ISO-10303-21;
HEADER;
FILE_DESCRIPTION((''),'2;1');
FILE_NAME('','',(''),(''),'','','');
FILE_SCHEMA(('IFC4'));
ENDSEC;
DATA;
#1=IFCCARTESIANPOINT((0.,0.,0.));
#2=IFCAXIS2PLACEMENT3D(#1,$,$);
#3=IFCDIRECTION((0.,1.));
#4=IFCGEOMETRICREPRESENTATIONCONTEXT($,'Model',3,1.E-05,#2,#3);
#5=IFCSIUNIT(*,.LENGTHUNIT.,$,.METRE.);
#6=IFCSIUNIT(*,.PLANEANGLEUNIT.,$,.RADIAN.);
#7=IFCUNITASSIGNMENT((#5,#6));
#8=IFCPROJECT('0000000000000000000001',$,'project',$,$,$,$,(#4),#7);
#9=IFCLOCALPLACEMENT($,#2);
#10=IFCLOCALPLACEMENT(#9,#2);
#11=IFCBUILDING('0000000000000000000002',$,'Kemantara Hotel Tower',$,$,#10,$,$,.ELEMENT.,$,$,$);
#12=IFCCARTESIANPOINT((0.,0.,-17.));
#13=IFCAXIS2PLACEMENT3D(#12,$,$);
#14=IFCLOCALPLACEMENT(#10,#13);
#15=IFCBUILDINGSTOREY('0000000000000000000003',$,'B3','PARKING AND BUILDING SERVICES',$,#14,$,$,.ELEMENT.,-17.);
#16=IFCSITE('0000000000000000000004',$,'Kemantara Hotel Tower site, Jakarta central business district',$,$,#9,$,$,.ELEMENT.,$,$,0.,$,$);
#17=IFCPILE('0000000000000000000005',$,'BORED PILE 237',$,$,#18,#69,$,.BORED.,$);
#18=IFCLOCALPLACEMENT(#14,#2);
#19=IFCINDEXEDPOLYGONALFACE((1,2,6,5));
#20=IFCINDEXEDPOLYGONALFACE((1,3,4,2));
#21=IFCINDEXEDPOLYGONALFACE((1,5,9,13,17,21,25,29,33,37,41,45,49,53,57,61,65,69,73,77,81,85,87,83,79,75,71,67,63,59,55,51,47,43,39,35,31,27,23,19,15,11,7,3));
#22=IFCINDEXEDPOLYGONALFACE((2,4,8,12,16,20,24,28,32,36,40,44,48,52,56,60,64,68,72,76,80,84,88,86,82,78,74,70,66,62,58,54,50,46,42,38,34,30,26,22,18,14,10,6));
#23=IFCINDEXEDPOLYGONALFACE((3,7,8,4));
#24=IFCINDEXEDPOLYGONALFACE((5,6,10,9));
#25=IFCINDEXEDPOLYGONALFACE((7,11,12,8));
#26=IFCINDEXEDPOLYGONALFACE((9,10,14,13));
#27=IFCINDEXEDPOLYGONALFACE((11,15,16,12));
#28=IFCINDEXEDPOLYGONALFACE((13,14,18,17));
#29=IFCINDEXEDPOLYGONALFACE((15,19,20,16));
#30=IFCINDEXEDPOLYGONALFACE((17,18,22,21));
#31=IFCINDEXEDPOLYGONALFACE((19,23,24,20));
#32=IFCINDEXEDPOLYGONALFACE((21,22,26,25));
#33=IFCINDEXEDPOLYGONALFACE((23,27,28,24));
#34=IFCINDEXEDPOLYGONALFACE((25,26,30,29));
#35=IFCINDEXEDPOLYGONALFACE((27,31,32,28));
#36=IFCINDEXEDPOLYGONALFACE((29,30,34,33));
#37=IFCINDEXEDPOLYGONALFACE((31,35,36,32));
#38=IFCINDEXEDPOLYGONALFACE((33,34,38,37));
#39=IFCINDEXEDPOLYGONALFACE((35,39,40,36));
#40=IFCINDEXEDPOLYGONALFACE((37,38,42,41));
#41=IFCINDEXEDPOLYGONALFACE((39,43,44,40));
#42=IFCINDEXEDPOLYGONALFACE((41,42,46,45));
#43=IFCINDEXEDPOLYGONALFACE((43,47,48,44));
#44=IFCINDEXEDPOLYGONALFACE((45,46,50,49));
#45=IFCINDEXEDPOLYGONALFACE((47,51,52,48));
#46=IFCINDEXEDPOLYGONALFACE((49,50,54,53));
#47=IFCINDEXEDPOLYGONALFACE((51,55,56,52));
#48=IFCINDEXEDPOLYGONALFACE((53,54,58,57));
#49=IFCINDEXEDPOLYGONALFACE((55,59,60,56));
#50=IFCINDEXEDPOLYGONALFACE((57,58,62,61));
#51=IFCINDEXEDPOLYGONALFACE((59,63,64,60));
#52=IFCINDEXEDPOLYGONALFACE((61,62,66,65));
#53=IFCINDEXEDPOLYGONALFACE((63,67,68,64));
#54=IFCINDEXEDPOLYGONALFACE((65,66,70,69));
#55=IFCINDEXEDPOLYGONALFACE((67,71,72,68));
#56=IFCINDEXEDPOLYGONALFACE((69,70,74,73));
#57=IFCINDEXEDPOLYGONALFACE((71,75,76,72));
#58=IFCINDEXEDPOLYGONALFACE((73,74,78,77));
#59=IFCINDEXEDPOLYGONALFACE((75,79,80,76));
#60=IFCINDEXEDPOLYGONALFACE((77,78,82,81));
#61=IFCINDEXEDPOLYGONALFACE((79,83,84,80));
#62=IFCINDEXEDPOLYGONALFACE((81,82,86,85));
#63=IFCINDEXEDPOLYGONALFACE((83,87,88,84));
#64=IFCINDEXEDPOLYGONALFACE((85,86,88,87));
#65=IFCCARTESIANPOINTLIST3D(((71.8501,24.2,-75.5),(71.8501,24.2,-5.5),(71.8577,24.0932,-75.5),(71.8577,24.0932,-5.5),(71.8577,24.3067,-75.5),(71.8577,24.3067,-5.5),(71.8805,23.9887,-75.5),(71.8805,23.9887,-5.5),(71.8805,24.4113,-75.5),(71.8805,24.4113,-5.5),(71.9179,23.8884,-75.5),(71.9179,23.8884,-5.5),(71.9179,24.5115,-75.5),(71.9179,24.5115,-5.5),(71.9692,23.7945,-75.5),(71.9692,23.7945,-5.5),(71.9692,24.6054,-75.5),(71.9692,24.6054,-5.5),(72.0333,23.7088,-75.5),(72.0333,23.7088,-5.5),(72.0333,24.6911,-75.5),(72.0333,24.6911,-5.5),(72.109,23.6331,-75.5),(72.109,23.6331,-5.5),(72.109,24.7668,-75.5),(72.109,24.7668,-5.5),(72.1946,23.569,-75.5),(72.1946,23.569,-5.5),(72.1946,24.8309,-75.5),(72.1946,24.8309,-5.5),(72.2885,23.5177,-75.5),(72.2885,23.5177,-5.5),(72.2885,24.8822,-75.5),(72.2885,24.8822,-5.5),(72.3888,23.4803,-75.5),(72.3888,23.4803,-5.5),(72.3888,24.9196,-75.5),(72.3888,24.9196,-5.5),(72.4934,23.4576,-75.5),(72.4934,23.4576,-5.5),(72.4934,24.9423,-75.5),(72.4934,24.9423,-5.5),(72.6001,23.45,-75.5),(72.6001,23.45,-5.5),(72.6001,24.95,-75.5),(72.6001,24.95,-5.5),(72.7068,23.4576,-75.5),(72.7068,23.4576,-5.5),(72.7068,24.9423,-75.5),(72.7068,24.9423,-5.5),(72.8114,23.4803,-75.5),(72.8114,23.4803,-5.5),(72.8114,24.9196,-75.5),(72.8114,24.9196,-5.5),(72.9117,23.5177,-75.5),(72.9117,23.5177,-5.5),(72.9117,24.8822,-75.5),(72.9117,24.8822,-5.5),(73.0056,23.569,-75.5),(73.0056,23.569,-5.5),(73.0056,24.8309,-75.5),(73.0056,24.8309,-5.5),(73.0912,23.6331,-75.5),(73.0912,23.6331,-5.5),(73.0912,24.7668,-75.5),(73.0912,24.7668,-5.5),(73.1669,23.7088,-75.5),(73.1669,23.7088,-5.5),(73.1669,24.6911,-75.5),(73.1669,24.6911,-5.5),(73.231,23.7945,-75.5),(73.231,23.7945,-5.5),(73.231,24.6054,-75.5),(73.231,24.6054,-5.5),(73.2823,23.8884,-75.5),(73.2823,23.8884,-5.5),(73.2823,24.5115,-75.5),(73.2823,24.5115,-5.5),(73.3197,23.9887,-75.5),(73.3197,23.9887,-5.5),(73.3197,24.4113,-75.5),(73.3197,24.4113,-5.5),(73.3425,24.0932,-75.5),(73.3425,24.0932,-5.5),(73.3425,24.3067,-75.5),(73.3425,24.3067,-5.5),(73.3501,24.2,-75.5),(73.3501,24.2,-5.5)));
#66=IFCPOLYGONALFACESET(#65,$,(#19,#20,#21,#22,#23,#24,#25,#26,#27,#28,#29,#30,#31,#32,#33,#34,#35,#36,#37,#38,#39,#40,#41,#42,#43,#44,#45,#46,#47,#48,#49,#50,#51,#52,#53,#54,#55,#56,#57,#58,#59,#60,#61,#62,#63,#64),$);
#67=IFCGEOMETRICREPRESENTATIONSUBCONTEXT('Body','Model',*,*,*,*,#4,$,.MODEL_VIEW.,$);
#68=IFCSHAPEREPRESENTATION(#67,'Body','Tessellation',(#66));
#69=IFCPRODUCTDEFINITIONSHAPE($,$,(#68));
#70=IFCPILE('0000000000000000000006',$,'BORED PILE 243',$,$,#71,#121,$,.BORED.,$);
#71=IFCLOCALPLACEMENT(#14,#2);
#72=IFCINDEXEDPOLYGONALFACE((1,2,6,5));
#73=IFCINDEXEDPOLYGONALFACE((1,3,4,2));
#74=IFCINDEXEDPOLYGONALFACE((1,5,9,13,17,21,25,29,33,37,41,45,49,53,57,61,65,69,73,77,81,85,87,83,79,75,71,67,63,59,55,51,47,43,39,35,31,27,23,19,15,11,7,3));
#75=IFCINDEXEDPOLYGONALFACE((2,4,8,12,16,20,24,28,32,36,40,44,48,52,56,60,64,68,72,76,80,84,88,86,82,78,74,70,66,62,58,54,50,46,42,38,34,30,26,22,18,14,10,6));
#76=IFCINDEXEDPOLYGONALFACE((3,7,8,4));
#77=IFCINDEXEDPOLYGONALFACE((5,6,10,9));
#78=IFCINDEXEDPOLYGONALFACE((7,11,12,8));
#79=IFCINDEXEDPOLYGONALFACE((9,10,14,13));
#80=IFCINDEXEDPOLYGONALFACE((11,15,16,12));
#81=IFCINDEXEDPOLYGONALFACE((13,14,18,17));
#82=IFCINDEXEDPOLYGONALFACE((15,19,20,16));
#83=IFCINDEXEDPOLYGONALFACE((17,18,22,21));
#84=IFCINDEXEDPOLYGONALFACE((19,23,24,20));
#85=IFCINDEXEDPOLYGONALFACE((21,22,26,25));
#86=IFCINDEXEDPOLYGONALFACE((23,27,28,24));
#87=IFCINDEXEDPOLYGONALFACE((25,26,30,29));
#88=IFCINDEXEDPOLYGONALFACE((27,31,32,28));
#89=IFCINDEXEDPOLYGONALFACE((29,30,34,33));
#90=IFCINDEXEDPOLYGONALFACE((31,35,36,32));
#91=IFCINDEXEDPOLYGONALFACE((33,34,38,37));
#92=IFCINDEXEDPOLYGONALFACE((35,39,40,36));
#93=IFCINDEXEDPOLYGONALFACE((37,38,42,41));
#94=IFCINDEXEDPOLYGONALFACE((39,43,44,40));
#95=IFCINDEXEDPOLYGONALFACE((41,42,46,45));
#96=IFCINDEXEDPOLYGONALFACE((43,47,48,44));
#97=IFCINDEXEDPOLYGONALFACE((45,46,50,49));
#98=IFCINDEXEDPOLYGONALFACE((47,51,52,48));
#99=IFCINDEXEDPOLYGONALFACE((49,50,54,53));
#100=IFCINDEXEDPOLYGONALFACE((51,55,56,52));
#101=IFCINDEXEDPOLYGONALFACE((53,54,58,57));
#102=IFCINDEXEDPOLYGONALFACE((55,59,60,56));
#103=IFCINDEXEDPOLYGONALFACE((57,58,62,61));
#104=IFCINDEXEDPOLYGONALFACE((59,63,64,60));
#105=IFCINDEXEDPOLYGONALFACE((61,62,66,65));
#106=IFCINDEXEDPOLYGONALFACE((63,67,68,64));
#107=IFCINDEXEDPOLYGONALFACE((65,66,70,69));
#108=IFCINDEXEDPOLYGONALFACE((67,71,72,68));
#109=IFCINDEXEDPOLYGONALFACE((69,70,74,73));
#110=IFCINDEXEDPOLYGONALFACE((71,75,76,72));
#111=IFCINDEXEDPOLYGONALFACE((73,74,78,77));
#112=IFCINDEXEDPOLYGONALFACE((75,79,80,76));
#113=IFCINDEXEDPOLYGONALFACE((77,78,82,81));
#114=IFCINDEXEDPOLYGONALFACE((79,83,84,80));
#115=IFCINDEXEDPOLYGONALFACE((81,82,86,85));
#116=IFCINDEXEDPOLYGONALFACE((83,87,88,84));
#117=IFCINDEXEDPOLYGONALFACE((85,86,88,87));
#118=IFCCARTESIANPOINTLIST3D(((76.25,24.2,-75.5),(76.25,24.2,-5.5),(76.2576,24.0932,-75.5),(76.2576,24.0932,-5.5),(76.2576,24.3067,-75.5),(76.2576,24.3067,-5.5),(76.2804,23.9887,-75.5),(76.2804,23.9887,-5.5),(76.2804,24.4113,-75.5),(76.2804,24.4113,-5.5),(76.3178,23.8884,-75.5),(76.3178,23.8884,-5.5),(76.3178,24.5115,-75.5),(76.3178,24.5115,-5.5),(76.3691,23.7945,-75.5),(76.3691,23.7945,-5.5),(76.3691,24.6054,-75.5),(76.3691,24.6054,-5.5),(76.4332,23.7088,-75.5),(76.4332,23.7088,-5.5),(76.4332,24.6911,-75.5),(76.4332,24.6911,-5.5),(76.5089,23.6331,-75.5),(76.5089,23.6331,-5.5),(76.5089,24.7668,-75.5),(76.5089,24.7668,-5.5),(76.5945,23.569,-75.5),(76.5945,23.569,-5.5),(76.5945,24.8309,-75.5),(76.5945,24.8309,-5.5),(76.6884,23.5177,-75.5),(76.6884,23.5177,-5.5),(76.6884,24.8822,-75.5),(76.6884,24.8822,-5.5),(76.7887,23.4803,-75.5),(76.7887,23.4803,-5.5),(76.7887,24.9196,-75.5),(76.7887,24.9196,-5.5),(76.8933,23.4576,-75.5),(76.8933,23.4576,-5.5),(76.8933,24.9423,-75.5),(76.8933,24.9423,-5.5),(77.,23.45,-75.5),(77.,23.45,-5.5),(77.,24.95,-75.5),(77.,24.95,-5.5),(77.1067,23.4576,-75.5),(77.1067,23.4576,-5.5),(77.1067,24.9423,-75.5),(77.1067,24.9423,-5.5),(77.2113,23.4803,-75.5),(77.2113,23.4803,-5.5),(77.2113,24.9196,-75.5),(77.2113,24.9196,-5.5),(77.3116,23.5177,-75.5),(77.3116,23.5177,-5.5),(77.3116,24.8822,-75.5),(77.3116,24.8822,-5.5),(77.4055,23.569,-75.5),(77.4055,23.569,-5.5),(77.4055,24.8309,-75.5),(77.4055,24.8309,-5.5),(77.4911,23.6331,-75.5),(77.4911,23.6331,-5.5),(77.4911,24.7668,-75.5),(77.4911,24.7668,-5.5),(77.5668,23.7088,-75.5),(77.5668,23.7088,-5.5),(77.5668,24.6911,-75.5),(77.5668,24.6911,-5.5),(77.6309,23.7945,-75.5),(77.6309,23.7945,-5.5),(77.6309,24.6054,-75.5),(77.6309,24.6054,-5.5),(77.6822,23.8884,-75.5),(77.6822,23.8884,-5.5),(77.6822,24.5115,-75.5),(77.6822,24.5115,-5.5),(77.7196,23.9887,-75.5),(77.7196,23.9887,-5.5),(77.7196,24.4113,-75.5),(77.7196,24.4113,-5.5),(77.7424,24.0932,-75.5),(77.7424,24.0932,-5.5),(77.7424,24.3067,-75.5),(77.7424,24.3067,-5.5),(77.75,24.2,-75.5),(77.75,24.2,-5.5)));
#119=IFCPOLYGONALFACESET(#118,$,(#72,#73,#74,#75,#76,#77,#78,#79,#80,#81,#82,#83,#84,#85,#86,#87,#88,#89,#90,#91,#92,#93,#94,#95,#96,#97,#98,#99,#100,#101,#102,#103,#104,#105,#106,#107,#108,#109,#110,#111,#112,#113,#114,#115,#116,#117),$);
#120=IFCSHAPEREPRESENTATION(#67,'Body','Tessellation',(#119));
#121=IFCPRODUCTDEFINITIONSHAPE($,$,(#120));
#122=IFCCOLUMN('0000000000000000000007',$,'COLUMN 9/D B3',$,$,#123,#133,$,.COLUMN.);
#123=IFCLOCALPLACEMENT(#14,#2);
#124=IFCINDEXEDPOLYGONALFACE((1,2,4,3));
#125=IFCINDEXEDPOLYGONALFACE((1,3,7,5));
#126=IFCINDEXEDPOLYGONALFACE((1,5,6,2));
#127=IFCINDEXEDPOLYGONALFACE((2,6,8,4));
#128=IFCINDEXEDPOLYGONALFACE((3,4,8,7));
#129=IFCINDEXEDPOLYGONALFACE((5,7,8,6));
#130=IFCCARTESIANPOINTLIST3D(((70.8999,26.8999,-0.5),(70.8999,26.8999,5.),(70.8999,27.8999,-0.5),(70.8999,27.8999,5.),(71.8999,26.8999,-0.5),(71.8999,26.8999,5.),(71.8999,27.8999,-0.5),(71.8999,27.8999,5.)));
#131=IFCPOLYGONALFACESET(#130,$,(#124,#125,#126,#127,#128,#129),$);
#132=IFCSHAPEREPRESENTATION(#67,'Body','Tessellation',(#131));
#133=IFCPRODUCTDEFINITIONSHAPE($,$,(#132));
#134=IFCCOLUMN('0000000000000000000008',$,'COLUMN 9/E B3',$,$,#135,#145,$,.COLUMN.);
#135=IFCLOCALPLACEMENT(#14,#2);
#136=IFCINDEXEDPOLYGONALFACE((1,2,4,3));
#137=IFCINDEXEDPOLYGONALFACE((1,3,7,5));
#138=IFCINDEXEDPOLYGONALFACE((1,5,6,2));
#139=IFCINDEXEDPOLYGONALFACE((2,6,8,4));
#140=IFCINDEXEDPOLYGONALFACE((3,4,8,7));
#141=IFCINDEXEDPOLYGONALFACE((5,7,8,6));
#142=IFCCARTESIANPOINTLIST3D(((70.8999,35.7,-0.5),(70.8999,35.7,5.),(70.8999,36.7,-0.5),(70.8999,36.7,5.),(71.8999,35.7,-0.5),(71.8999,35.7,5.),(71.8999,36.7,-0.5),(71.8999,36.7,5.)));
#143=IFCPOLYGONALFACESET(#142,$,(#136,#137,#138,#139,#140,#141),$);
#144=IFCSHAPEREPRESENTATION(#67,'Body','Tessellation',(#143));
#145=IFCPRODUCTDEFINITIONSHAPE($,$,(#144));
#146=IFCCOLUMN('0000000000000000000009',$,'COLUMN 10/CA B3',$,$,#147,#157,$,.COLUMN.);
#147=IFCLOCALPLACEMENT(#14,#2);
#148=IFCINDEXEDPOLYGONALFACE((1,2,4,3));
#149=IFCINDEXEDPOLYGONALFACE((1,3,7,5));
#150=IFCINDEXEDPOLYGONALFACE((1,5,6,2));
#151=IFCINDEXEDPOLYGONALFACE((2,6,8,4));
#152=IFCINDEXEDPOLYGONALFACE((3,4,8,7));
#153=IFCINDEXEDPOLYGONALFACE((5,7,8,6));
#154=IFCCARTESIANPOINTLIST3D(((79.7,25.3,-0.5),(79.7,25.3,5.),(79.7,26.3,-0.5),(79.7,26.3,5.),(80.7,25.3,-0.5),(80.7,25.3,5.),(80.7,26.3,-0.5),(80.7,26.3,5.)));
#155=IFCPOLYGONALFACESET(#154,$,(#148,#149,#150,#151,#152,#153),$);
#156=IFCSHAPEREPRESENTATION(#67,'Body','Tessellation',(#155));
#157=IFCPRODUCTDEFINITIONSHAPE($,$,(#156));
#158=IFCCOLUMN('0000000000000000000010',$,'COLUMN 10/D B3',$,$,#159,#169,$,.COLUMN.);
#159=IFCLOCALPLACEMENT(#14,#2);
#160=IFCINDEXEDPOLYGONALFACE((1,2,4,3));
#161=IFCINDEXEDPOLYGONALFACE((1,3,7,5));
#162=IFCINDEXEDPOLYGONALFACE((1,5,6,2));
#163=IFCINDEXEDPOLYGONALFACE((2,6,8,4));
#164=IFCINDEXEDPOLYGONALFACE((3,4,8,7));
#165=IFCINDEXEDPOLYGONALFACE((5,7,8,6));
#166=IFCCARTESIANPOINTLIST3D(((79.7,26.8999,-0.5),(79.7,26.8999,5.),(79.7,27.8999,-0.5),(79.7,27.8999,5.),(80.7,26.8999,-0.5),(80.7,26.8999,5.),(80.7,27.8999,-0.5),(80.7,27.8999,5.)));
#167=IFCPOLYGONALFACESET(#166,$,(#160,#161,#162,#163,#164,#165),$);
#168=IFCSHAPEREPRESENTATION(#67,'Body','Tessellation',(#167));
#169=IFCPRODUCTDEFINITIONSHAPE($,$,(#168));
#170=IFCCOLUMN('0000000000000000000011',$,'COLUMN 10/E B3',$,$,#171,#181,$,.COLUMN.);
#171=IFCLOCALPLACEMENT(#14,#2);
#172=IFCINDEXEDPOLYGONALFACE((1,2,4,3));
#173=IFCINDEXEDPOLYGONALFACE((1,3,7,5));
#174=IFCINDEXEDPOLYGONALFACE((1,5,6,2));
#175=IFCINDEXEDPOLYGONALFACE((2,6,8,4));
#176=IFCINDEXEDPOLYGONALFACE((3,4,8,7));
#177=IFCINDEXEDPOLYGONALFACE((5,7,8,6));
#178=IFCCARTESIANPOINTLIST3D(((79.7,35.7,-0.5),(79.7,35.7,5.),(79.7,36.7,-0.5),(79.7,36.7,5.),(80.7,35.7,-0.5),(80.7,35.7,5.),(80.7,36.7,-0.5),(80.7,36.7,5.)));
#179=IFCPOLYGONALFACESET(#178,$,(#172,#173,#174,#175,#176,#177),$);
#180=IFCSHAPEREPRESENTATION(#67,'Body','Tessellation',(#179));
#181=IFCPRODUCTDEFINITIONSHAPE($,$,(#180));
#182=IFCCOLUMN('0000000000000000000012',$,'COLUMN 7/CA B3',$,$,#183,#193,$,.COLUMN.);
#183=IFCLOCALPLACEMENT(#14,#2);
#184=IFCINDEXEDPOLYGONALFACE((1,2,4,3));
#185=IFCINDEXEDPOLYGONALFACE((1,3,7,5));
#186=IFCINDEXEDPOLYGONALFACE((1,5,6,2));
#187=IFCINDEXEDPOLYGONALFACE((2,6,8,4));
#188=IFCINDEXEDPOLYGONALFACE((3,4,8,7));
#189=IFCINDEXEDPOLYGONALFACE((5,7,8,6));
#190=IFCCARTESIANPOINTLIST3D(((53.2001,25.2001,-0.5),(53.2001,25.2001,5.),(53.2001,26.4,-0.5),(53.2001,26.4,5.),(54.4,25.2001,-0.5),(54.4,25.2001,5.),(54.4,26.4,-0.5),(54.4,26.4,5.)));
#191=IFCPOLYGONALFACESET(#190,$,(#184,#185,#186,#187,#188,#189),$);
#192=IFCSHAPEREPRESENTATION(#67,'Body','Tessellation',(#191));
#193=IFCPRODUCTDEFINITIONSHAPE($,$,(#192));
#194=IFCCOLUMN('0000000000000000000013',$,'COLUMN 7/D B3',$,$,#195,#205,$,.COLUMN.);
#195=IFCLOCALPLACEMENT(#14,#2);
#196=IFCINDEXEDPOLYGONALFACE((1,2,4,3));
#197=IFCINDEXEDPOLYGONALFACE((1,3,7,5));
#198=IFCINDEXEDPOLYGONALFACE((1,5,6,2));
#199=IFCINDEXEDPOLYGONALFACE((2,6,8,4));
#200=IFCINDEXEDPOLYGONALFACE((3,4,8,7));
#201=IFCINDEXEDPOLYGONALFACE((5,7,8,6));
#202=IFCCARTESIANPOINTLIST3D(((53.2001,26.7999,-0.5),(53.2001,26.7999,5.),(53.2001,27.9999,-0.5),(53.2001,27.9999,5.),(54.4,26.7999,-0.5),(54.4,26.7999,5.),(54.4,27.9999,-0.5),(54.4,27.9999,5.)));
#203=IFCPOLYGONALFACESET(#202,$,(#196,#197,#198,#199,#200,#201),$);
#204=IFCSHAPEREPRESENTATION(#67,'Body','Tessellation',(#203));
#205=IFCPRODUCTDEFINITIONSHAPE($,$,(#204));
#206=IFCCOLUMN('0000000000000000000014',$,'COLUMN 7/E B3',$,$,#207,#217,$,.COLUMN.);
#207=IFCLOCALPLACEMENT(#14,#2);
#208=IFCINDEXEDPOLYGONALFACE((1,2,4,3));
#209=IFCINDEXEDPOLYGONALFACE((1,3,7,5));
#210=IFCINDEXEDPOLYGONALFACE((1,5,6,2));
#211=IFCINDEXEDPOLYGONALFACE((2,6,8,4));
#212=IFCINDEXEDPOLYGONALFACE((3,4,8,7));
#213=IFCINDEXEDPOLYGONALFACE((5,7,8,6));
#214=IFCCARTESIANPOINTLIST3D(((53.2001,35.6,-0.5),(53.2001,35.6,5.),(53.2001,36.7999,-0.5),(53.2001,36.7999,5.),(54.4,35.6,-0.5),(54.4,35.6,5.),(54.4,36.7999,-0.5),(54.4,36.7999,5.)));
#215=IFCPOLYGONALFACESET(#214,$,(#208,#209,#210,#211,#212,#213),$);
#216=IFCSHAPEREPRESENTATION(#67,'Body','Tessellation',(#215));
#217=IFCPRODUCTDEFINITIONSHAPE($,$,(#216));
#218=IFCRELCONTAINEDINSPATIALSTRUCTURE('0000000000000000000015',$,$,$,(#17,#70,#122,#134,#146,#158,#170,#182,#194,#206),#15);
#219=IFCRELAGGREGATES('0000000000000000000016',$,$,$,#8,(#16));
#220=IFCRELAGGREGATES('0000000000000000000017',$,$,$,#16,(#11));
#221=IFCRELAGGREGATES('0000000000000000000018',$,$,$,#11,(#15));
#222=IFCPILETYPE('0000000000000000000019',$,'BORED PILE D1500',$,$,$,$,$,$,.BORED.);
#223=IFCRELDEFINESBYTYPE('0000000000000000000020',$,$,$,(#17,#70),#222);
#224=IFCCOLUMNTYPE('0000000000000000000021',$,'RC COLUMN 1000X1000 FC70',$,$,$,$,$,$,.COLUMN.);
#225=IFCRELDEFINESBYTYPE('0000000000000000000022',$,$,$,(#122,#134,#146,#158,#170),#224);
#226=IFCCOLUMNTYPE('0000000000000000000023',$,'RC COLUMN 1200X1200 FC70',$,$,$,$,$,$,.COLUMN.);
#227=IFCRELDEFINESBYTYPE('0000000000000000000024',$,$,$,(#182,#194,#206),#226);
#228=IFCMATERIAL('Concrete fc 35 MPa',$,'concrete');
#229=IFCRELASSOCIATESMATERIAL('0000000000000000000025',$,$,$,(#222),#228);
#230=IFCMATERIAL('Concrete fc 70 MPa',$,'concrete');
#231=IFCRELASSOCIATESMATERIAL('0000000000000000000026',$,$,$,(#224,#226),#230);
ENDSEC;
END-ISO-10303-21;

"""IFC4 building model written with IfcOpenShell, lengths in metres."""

from ifc_helpers import new_model, si_unit, direction, frame, origin, origin_2d, place, context, subcontext, project, spatial, rectangle, circle, extrude, material, material_profile, profile_set, type_object, element, save


model = new_model("IFC4")

# Units and contexts
model_context = context("Model", 3, precision=1e-05, world=origin(), true_north=direction((0.0, 1.0)))
body_context = subcontext(model_context, "Body", "Model", "MODEL_VIEW")
ifc_project = project(units=[si_unit("LENGTHUNIT", "METRE"), si_unit("PLANEANGLEUNIT", "RADIAN")], contexts=[model_context])

# Site, building, storey
site_placement = place(None, origin())
site = spatial("IfcSite", under=ifc_project, at=site_placement, Name="Kemantara Hotel Tower site, Jakarta central business district", CompositionType="ELEMENT", RefElevation=0.0)
building_placement = place(site_placement, origin())
building = spatial("IfcBuilding", under=site, at=building_placement, Name="Kemantara Hotel Tower", CompositionType="ELEMENT")
storey_placement = place(building_placement, frame((0.0, 0.0, -17.0)))
storey = spatial("IfcBuildingStorey", under=building, at=storey_placement, Name="B3", Description="PARKING AND BUILDING SERVICES", CompositionType="ELEMENT", Elevation=-17.0)

# Piles
ifc_material_1 = material(Name="Concrete fc 35 MPa", Category="concrete")
ifc_material_profile_1 = material_profile(ifc_material_1, circle(Radius=0.75, at=origin_2d()), Name="BORED PILE D1500")
ifc_profile_set_1 = profile_set([ifc_material_profile_1], Name="Concrete fc 35 MPa")
pile_type = type_object("IfcPileType", Name="BORED PILE D1500", PredefinedType="BORED", material=ifc_profile_set_1)
for number, where, z_axis, x_axis, name in (
    (1, (72.6001, 24.2, -5.5), (0.0, 0.0, -1.0), (1.0, 0.0, 0.0), "BORED PILE 237"),
    (2, (77.0, 24.2, -5.5), (0.0, 0.0, -1.0), (1.0, 0.0, 0.0), "BORED PILE 243"),
):
    element("IfcPile", number, at=place(storey_placement, frame(where, z_axis=z_axis, x_axis=x_axis)), inside=storey, type_object=pile_type, Name=name, PredefinedType="BORED", context=body_context, shape_type="SweptSolid", body=[
        extrude(circle(Radius=0.75, at=origin_2d()), origin(), (0.0, 0.0, 1.0), 70.0),
    ])

# Columns
ifc_material_2 = material(Name="Concrete fc 70 MPa", Category="concrete")
ifc_material_profile_2 = material_profile(ifc_material_2, rectangle(XDim=1.0, YDim=1.0, at=origin_2d()), Name="RC 1000X1000")
ifc_profile_set_2 = profile_set([ifc_material_profile_2], Name="Concrete fc 70 MPa")
column_type_1 = type_object("IfcColumnType", Name="RC COLUMN 1000X1000 FC70", PredefinedType="COLUMN", material=ifc_profile_set_2)
for number, where, z_axis, x_axis, name in (
    (3, (71.3999, 27.3999, -0.5), (0.0, 0.0, 1.0), (1.0, 0.0, 0.0), "COLUMN 9/D B3"),
    (4, (71.3999, 36.2, -0.5), (0.0, 0.0, 1.0), (1.0, 0.0, 0.0), "COLUMN 9/E B3"),
    (5, (80.2, 25.8, -0.5), (0.0, 0.0, 1.0), (1.0, 0.0, 0.0), "COLUMN 10/CA B3"),
    (6, (80.2, 27.3999, -0.5), (0.0, 0.0, 1.0), (1.0, 0.0, 0.0), "COLUMN 10/D B3"),
    (7, (80.2, 36.2, -0.5), (0.0, 0.0, 1.0), (1.0, 0.0, 0.0), "COLUMN 10/E B3"),
):
    element("IfcColumn", number, at=place(storey_placement, frame(where, z_axis=z_axis, x_axis=x_axis)), inside=storey, type_object=column_type_1, Name=name, PredefinedType="COLUMN", context=body_context, shape_type="SweptSolid", body=[
        extrude(rectangle(XDim=1.0, YDim=1.0, at=origin_2d()), origin(), (0.0, 0.0, 1.0), 5.5),
    ])
ifc_material_profile_3 = material_profile(ifc_material_2, rectangle(XDim=1.2, YDim=1.2, at=origin_2d()), Name="RC 1200X1200")
ifc_profile_set_3 = profile_set([ifc_material_profile_3], Name="Concrete fc 70 MPa")
column_type_2 = type_object("IfcColumnType", Name="RC COLUMN 1200X1200 FC70", PredefinedType="COLUMN", material=ifc_profile_set_3)
for number, where, z_axis, x_axis, name in (
    (8, (53.8, 25.8, -0.5), (0.0, 0.0, 1.0), (1.0, 0.0, 0.0), "COLUMN 7/CA B3"),
    (9, (53.8, 27.3999, -0.5), (0.0, 0.0, 1.0), (1.0, 0.0, 0.0), "COLUMN 7/D B3"),
    (10, (53.8, 36.2, -0.5), (0.0, 0.0, 1.0), (1.0, 0.0, 0.0), "COLUMN 7/E B3"),
):
    element("IfcColumn", number, at=place(storey_placement, frame(where, z_axis=z_axis, x_axis=x_axis)), inside=storey, type_object=column_type_2, Name=name, PredefinedType="COLUMN", context=body_context, shape_type="SweptSolid", body=[
        extrude(rectangle(XDim=1.2, YDim=1.2, at=origin_2d()), origin(), (0.0, 0.0, 1.0), 5.5),
    ])

save(model, "model.ifc")
